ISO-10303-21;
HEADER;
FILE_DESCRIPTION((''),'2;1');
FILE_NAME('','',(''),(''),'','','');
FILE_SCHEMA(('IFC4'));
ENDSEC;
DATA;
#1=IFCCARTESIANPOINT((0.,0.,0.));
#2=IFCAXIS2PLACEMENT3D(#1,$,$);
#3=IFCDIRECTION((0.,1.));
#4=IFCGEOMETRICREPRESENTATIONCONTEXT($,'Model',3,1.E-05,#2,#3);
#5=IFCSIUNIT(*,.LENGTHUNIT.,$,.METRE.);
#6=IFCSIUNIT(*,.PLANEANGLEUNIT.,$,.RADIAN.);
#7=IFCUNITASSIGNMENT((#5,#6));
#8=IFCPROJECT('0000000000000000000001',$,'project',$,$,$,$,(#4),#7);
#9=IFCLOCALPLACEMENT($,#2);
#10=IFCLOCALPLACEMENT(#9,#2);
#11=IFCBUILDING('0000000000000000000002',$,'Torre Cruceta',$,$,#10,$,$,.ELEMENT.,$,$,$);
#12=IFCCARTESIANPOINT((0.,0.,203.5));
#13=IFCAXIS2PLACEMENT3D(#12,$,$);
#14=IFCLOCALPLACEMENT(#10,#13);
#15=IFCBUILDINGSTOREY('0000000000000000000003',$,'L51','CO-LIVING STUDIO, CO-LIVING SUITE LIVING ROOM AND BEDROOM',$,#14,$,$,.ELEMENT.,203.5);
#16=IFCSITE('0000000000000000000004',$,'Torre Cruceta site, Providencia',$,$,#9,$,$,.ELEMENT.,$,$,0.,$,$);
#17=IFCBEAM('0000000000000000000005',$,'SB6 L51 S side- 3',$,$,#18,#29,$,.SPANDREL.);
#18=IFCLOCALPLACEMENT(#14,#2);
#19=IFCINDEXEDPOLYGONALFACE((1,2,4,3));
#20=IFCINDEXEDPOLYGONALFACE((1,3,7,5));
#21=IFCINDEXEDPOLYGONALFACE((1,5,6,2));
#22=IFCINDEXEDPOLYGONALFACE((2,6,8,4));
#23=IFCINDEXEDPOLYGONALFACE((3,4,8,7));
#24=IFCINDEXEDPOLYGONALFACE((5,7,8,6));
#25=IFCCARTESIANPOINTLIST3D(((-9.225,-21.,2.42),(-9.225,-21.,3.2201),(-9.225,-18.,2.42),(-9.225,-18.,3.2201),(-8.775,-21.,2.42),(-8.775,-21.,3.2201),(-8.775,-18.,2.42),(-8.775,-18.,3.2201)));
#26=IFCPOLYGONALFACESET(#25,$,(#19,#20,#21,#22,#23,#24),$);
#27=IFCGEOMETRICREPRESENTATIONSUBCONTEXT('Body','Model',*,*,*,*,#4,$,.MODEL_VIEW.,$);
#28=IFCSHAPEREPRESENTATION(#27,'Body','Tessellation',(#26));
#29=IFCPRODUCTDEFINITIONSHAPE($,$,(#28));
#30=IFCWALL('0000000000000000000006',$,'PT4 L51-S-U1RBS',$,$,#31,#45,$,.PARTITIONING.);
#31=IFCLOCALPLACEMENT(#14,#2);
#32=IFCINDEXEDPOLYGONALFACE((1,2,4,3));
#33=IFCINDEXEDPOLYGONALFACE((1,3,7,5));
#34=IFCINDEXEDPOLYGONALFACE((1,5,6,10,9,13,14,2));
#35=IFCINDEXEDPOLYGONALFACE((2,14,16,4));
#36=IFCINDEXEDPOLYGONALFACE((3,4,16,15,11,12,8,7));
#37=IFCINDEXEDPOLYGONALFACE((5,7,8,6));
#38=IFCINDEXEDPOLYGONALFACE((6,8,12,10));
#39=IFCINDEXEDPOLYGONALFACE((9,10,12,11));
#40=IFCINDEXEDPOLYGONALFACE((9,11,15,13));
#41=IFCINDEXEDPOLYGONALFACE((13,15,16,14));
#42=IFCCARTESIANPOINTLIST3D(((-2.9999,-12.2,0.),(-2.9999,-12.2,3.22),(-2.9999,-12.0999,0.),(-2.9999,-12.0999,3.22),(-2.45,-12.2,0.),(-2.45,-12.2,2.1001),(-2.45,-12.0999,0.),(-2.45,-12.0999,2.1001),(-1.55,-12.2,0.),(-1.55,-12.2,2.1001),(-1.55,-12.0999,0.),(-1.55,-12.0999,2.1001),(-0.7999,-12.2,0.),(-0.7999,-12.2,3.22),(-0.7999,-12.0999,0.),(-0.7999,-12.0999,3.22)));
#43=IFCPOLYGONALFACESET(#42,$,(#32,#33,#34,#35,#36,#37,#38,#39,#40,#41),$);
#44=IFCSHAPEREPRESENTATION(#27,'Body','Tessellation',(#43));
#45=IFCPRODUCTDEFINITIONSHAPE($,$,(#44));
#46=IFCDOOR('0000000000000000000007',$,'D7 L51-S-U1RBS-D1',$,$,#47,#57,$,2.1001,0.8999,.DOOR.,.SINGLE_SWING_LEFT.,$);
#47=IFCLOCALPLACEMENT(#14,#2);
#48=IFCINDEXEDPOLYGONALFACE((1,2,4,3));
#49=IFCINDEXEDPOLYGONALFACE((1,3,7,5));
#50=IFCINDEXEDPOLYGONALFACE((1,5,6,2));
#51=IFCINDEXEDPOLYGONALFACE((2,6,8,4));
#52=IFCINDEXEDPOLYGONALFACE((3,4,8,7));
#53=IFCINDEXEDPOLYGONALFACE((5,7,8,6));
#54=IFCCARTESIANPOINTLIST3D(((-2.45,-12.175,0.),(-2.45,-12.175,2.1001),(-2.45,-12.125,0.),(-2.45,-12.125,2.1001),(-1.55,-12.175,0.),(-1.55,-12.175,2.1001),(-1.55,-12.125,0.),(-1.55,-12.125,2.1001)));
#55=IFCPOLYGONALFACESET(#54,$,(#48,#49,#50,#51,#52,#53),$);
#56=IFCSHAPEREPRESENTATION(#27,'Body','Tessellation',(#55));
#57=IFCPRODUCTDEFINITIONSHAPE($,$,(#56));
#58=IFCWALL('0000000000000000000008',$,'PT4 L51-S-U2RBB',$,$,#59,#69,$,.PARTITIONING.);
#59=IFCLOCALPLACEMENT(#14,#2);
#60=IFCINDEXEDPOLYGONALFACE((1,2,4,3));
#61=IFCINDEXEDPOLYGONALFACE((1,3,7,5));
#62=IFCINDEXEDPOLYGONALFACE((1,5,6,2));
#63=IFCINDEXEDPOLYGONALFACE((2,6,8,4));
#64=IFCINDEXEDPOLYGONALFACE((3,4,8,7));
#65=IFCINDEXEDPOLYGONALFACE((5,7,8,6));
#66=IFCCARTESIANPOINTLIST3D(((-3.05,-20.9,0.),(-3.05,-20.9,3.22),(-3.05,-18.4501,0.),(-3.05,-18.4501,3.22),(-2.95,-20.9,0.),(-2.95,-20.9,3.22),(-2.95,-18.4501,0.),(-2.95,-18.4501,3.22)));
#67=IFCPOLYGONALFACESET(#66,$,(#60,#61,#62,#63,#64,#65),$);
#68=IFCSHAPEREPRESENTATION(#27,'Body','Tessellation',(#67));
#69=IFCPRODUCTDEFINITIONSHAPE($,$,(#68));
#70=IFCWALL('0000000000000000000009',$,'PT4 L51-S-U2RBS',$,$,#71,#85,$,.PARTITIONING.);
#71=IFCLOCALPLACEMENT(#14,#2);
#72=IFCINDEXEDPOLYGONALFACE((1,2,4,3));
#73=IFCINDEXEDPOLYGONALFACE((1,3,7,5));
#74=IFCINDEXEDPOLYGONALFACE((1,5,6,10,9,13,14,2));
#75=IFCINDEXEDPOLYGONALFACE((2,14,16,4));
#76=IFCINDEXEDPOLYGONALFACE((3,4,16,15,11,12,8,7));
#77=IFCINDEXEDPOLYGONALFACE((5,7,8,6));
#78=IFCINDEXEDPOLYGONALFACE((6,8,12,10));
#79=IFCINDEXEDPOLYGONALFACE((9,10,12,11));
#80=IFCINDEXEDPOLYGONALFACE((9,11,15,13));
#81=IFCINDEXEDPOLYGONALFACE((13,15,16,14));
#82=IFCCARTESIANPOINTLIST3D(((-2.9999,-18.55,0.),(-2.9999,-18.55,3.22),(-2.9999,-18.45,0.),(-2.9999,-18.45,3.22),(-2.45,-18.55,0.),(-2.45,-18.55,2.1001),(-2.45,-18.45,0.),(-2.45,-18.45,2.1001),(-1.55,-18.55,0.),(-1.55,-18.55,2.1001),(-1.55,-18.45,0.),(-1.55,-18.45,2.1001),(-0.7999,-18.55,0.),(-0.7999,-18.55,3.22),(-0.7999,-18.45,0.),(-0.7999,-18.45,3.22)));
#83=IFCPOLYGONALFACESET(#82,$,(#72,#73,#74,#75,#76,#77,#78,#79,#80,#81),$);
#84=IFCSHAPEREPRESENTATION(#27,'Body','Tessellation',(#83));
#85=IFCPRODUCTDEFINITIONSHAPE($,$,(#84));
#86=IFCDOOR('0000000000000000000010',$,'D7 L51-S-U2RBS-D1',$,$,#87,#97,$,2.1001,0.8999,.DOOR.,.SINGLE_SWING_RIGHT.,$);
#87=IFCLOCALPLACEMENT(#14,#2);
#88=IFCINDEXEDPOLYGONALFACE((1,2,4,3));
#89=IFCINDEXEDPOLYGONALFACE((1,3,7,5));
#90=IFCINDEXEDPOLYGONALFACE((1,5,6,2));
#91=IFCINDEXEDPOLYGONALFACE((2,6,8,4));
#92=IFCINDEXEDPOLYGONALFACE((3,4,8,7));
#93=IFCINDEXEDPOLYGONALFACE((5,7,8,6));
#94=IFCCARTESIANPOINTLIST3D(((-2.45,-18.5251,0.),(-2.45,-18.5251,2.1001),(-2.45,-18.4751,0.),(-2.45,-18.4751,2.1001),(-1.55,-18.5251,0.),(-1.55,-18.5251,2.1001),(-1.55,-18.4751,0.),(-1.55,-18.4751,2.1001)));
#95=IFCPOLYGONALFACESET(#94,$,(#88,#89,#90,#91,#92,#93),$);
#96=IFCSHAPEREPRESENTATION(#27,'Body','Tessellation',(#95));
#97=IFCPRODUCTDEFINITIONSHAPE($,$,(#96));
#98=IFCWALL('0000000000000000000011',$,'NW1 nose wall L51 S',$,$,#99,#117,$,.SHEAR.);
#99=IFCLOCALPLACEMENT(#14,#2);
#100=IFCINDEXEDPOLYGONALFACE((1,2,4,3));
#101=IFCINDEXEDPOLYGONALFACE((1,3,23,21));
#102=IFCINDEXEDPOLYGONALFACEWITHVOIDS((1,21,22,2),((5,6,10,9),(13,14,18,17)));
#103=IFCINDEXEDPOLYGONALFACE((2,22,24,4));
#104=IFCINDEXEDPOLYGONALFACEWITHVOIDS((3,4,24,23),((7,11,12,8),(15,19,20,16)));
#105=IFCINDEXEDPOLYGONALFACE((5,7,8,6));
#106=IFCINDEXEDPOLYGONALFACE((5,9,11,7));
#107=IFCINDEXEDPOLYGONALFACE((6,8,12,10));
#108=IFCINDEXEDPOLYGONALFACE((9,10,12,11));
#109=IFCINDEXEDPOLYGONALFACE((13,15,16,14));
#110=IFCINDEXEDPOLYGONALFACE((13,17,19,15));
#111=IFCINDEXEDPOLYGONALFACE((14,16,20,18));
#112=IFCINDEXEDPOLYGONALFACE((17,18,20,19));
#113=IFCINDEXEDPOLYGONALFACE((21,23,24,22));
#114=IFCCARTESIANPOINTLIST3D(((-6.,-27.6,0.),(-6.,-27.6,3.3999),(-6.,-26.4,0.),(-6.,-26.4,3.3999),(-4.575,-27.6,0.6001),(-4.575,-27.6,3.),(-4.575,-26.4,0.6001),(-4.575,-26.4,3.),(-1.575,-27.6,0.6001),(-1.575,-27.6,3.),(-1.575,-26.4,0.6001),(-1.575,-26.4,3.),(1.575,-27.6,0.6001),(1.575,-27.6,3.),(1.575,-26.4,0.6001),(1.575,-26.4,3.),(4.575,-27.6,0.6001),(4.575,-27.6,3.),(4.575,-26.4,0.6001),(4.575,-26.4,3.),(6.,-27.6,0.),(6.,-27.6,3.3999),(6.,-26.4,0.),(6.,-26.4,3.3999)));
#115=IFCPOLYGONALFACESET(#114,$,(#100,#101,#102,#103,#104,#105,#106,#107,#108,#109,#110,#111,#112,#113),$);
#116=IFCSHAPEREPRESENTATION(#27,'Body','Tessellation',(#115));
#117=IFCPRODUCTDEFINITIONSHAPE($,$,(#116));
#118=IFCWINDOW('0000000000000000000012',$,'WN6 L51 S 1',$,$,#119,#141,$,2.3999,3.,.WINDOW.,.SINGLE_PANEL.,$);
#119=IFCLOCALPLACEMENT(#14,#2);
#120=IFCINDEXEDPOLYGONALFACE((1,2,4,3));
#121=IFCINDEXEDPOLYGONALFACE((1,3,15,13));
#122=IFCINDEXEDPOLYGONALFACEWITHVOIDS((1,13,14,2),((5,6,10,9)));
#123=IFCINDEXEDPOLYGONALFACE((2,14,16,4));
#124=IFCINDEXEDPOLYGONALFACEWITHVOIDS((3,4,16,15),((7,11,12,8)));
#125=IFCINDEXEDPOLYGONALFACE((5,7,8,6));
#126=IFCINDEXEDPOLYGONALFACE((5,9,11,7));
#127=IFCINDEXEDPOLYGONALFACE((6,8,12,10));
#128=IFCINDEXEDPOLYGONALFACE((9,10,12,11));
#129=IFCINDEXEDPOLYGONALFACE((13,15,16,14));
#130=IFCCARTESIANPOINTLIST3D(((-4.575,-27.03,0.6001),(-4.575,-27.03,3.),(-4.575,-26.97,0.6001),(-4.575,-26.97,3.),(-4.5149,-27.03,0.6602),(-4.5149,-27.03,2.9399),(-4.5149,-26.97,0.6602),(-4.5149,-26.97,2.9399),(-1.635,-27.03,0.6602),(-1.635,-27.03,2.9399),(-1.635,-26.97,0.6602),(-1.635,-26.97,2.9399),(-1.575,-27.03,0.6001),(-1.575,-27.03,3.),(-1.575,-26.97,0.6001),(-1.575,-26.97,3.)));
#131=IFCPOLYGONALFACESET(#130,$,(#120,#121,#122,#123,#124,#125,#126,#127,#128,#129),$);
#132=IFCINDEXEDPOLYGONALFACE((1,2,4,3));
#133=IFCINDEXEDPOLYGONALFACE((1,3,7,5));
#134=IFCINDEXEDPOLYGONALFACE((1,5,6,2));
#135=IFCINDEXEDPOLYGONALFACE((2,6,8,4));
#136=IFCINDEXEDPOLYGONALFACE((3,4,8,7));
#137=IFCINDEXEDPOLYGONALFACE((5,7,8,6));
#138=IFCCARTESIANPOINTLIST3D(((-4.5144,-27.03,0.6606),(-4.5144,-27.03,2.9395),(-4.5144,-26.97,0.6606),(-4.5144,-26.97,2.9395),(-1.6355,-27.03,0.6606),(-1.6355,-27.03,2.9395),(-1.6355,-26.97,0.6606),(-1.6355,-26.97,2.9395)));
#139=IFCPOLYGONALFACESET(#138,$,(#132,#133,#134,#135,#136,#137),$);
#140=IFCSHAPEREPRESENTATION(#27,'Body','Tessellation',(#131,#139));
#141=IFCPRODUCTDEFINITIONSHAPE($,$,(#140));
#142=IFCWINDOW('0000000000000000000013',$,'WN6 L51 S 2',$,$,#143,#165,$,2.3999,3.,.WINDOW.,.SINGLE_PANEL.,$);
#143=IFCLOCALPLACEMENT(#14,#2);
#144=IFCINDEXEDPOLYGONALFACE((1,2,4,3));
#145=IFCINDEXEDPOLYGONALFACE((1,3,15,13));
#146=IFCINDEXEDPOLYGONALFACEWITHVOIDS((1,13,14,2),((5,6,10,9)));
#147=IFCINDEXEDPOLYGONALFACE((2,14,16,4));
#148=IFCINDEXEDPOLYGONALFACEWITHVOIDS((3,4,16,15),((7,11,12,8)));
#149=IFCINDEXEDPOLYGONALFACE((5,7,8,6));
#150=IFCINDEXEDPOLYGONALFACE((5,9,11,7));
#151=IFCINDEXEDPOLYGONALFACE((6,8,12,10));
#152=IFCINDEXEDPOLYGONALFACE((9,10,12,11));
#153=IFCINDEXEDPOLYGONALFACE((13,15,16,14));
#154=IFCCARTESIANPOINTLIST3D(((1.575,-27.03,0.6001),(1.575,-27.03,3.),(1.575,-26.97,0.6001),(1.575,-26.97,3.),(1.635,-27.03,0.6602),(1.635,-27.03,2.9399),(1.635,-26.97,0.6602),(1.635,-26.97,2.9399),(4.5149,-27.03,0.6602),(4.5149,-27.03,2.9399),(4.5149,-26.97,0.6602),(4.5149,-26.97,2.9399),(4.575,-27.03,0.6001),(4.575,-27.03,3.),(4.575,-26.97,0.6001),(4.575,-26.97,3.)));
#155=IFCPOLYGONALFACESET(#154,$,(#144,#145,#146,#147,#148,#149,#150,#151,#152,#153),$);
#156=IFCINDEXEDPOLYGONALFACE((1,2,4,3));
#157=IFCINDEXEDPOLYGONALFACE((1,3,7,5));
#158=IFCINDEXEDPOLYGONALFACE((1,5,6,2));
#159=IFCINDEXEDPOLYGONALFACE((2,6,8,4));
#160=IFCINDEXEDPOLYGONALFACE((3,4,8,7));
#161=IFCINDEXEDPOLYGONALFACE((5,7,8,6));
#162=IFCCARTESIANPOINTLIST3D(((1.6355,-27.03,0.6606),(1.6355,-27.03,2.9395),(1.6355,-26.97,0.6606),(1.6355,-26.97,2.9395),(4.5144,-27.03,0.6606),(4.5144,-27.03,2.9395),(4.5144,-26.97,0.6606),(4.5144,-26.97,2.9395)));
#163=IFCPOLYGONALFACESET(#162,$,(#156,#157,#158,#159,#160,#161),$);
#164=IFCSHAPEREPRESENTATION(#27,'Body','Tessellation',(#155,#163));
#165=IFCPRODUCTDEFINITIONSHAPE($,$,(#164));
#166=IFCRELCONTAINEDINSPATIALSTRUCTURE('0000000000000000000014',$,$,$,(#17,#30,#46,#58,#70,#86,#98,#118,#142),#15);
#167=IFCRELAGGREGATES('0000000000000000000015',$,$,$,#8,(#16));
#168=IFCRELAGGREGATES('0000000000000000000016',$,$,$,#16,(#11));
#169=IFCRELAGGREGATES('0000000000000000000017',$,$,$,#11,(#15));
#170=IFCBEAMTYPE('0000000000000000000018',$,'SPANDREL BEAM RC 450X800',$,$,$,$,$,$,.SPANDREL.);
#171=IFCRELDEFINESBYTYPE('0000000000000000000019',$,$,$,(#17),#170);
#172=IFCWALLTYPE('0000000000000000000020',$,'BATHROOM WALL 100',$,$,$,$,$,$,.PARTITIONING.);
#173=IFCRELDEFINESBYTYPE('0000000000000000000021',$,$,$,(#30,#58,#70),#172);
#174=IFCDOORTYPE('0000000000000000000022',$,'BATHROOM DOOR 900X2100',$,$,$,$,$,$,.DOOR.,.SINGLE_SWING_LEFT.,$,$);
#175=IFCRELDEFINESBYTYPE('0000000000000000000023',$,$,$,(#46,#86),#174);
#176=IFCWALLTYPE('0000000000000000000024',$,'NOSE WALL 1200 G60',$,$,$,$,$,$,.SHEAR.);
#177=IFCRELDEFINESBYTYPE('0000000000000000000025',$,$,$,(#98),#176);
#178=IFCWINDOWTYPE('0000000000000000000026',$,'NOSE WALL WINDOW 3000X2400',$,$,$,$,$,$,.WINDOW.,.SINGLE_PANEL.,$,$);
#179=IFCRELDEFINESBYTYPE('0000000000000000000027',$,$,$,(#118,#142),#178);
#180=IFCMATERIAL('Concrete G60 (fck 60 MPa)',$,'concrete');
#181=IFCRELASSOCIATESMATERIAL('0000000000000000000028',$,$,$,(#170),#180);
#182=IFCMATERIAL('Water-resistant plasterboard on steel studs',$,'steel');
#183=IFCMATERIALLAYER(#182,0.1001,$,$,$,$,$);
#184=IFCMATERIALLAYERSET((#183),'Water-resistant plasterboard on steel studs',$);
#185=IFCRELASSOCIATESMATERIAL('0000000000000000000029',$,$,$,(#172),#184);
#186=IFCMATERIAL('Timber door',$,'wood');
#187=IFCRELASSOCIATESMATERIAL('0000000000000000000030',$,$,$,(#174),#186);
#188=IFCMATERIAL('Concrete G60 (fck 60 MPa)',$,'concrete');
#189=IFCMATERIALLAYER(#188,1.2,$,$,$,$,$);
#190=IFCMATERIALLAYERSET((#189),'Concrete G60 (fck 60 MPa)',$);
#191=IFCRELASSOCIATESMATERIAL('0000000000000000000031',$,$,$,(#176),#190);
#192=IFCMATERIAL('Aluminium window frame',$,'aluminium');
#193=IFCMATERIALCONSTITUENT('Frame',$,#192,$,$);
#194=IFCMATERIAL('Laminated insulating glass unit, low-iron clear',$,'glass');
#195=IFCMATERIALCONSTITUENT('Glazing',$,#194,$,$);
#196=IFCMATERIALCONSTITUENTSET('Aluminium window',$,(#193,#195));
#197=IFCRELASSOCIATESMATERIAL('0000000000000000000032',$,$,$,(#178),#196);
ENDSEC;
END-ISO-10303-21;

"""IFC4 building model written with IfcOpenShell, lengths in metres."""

from ifc_helpers import new_model, si_unit, direction, frame, frame_2d, origin, origin_2d, place, context, subcontext, project, spatial, rectangle, hollow_rectangle, extrude, material, layer, layer_set, constituent, constituent_set, material_profile, profile_set, type_object, element, fill, save


model = new_model("IFC4")

# Units and contexts
model_context = context("Model", 3, precision=1e-05, world=origin(), true_north=direction((0.0, 1.0)))
body_context = subcontext(model_context, "Body", "Model", "MODEL_VIEW")
ifc_project = project(units=[si_unit("LENGTHUNIT", "METRE"), si_unit("PLANEANGLEUNIT", "RADIAN")], contexts=[model_context])

# Site, building, storey
site_placement = place(None, origin())
site = spatial("IfcSite", under=ifc_project, at=site_placement, Name="Torre Cruceta site, Providencia", CompositionType="ELEMENT", RefElevation=0.0)
building_placement = place(site_placement, origin())
building = spatial("IfcBuilding", under=site, at=building_placement, Name="Torre Cruceta", CompositionType="ELEMENT")
storey_placement = place(building_placement, frame((0.0, 0.0, 203.5)))
storey = spatial("IfcBuildingStorey", under=building, at=storey_placement, Name="L51", Description="CO-LIVING STUDIO, CO-LIVING SUITE LIVING ROOM AND BEDROOM", CompositionType="ELEMENT", Elevation=203.5)

# Beam
ifc_material_1 = material(Name="Concrete G60 (fck 60 MPa)", Category="concrete")
ifc_material_profile_1 = material_profile(ifc_material_1, rectangle(XDim=0.45, YDim=0.8, at=origin_2d()), Name="RC 450X800")
ifc_profile_set_1 = profile_set([ifc_material_profile_1], Name="Concrete G60 (fck 60 MPa)")
beam_type_1 = type_object("IfcBeamType", Name="SPANDREL BEAM RC 450X800", PredefinedType="SPANDREL", material=ifc_profile_set_1)
for number, where, z_axis, x_axis, name in (
    (1, (-9.0, -18.0, 2.8201), (0.0, -1.0, 0.0), (1.0, 0.0, 0.0), "SB6 L51 S side- 3"),
):
    element("IfcBeam", number, at=place(storey_placement, frame(where, z_axis=z_axis, x_axis=x_axis)), inside=storey, type_object=beam_type_1, Name=name, PredefinedType="SPANDREL", context=body_context, shape_type="SweptSolid", body=[
        extrude(rectangle(XDim=0.45, YDim=0.8, at=origin_2d()), origin(), (0.0, 0.0, 1.0), 3.0),
    ])

# Wall, opening, door
ifc_material_2 = material(Name="Water-resistant plasterboard on steel studs", Category="steel")
ifc_layer_1 = layer(ifc_material_2, 0.1001)
ifc_layer_set_1 = layer_set([ifc_layer_1], Name="Water-resistant plasterboard on steel studs")
wall_type_1 = type_object("IfcWallType", Name="BATHROOM WALL 100", PredefinedType="PARTITIONING", material=ifc_layer_set_1)
wall_1_placement = place(storey_placement, frame((-3.0, -12.1499, 0.0), z_axis=(0.0, 0.0, 1.0), x_axis=(1.0, 0.0, 0.0)))
wall_1 = element("IfcWall", 2, at=wall_1_placement, inside=storey, type_object=wall_type_1, Name="PT4 L51-S-U1RBS", PredefinedType="PARTITIONING", context=body_context, shape_type="SweptSolid", body=[
    extrude(rectangle(XDim=2.2, YDim=0.1001, at=frame_2d((1.1001, 0.0))), origin(), (0.0, 0.0, 1.0), 3.22),
])
opening_1_placement = place(wall_1_placement, frame((0.55, 0.0, 0.0)))
opening_1 = element("IfcOpeningElement", 3, at=opening_1_placement, cuts=wall_1, PredefinedType="OPENING", context=body_context, shape_type="SweptSolid", body=[
    extrude(rectangle(XDim=0.8999, YDim=2.1001, at=frame_2d((0.45, 1.05))), frame((0.0, 0.0601, 0.0), z_axis=(0.0, -1.0, 0.0), x_axis=(1.0, 0.0, 0.0)), (0.0, 0.0, 1.0), 0.1201),
])
ifc_material_3 = material(Name="Timber door", Category="wood")
door_type_1 = type_object("IfcDoorType", Name="BATHROOM DOOR 900X2100", OperationType="SINGLE_SWING_LEFT", PredefinedType="DOOR", material=ifc_material_3)
door_1_placement = place(opening_1_placement, origin())
door_1 = element("IfcDoor", 4, at=door_1_placement, inside=storey, type_object=door_type_1, Name="D7 L51-S-U1RBS-D1", OperationType="SINGLE_SWING_LEFT", OverallHeight=2.1001, OverallWidth=0.8999, PredefinedType="DOOR", context=body_context, shape_type="SweptSolid", body=[
    extrude(rectangle(XDim=0.8999, YDim=2.1001, at=frame_2d((0.45, 1.05))), frame((0.0, 0.0249, 0.0), z_axis=(0.0, -1.0, 0.0), x_axis=(1.0, 0.0, 0.0)), (0.0, 0.0, 1.0), 0.05),
])
fill(opening_1, door_1)

# Wall
wall_2_placement = place(storey_placement, frame((-3.0, -18.45, 0.0), z_axis=(0.0, 0.0, 1.0), x_axis=(0.0, -1.0, 0.0)))
element("IfcWall", 5, at=wall_2_placement, inside=storey, type_object=wall_type_1, Name="PT4 L51-S-U2RBB", PredefinedType="PARTITIONING", context=body_context, shape_type="SweptSolid", body=[
    extrude(rectangle(XDim=2.45, YDim=0.1001, at=frame_2d((1.2251, 0.0))), origin(), (0.0, 0.0, 1.0), 3.22),
])

# Wall, opening, door
wall_3_placement = place(storey_placement, frame((-3.0, -18.5, 0.0), z_axis=(0.0, 0.0, 1.0), x_axis=(1.0, 0.0, 0.0)))
wall_3 = element("IfcWall", 6, at=wall_3_placement, inside=storey, type_object=wall_type_1, Name="PT4 L51-S-U2RBS", PredefinedType="PARTITIONING", context=body_context, shape_type="SweptSolid", body=[
    extrude(rectangle(XDim=2.2, YDim=0.1001, at=frame_2d((1.1001, 0.0))), origin(), (0.0, 0.0, 1.0), 3.22),
])
opening_2_placement = place(wall_3_placement, frame((0.55, 0.0, 0.0)))
opening_2 = element("IfcOpeningElement", 7, at=opening_2_placement, cuts=wall_3, PredefinedType="OPENING", context=body_context, shape_type="SweptSolid", body=[
    extrude(rectangle(XDim=0.8999, YDim=2.1001, at=frame_2d((0.45, 1.05))), frame((0.0, 0.0601, 0.0), z_axis=(0.0, -1.0, 0.0), x_axis=(1.0, 0.0, 0.0)), (0.0, 0.0, 1.0), 0.1201),
])
door_2_placement = place(opening_2_placement, frame((0.8999, 0.0, 0.0), z_axis=(0.0, 0.0, 1.0), x_axis=(-1.0, 0.0, 0.0)))
door_2 = element("IfcDoor", 8, at=door_2_placement, inside=storey, type_object=door_type_1, Name="D7 L51-S-U2RBS-D1", OperationType="SINGLE_SWING_RIGHT", OverallHeight=2.1001, OverallWidth=0.8999, PredefinedType="DOOR", context=body_context, shape_type="SweptSolid", body=[
    extrude(rectangle(XDim=0.8999, YDim=2.1001, at=frame_2d((0.45, 1.05))), frame((0.0, 0.0251, 0.0), z_axis=(0.0, -1.0, 0.0), x_axis=(1.0, 0.0, 0.0)), (0.0, 0.0, 1.0), 0.05),
])
fill(opening_2, door_2)

# Wall, openings, windows
ifc_material_4 = material(Name="Concrete G60 (fck 60 MPa)", Category="concrete")
ifc_layer_2 = layer(ifc_material_4, 1.2)
ifc_layer_set_2 = layer_set([ifc_layer_2], Name="Concrete G60 (fck 60 MPa)")
wall_type_2 = type_object("IfcWallType", Name="NOSE WALL 1200 G60", PredefinedType="SHEAR", material=ifc_layer_set_2)
wall_4_placement = place(storey_placement, frame((-6.0, -27.0, 0.0), z_axis=(0.0, 0.0, 1.0), x_axis=(1.0, 0.0, 0.0)))
wall_4 = element("IfcWall", 9, at=wall_4_placement, inside=storey, type_object=wall_type_2, Name="NW1 nose wall L51 S", PredefinedType="SHEAR", context=body_context, shape_type="SweptSolid", body=[
    extrude(rectangle(XDim=12.0, YDim=1.2, at=frame_2d((6.0, 0.0))), origin(), (0.0, 0.0, 1.0), 3.3999),
])
opening_3_placement = place(wall_4_placement, frame((1.425, 0.0, 0.6001)))
opening_3 = element("IfcOpeningElement", 10, at=opening_3_placement, cuts=wall_4, PredefinedType="OPENING", context=body_context, shape_type="SweptSolid", body=[
    extrude(rectangle(XDim=3.0, YDim=2.3999, at=frame_2d((1.5, 1.2))), frame((0.0, 0.6099, 0.0), z_axis=(0.0, -1.0, 0.0), x_axis=(1.0, 0.0, 0.0)), (0.0, 0.0, 1.0), 1.22),
])
opening_4_placement = place(wall_4_placement, frame((7.575, 0.0, 0.6001)))
opening_4 = element("IfcOpeningElement", 11, at=opening_4_placement, cuts=wall_4, PredefinedType="OPENING", context=body_context, shape_type="SweptSolid", body=[
    extrude(rectangle(XDim=3.0, YDim=2.3999, at=frame_2d((1.5, 1.2))), frame((0.0, 0.6099, 0.0), z_axis=(0.0, -1.0, 0.0), x_axis=(1.0, 0.0, 0.0)), (0.0, 0.0, 1.0), 1.22),
])
ifc_material_5 = material(Name="Aluminium window frame", Category="aluminium")
ifc_constituent_1 = constituent(ifc_material_5, Name="Frame")
ifc_material_6 = material(Name="Laminated insulating glass unit, low-iron clear", Category="glass")
ifc_constituent_2 = constituent(ifc_material_6, Name="Glazing")
ifc_constituent_set_1 = constituent_set(constituents=[ifc_constituent_1, ifc_constituent_2], Name="Aluminium window")
window_type = type_object("IfcWindowType", Name="NOSE WALL WINDOW 3000X2400", PartitioningType="SINGLE_PANEL", PredefinedType="WINDOW", material=ifc_constituent_set_1)
window_1_placement = place(opening_3_placement, origin())
window_1 = element("IfcWindow", 12, at=window_1_placement, inside=storey, type_object=window_type, Name="WN6 L51 S 1", OverallHeight=2.3999, OverallWidth=3.0, PartitioningType="SINGLE_PANEL", PredefinedType="WINDOW", context=body_context, shape_type="SweptSolid", body=[
    extrude(hollow_rectangle(XDim=3.0, YDim=2.3999, WallThickness=0.0601, at=frame_2d((1.5, 1.2))), frame((0.0, 0.03, 0.0), z_axis=(0.0, -1.0, 0.0), x_axis=(1.0, 0.0, 0.0)), (0.0, 0.0, 1.0), 0.0601),
    extrude(rectangle(XDim=2.8789, YDim=2.2788, at=frame_2d((1.5, 1.2))), frame((0.0, 0.03, 0.0), z_axis=(0.0, -1.0, 0.0), x_axis=(1.0, 0.0, 0.0)), (0.0, 0.0, 1.0), 0.0601),
])
fill(opening_3, window_1)
window_2_placement = place(opening_4_placement, origin())
window_2 = element("IfcWindow", 13, at=window_2_placement, inside=storey, type_object=window_type, Name="WN6 L51 S 2", OverallHeight=2.3999, OverallWidth=3.0, PartitioningType="SINGLE_PANEL", PredefinedType="WINDOW", context=body_context, shape_type="SweptSolid", body=[
    extrude(hollow_rectangle(XDim=3.0, YDim=2.3999, WallThickness=0.0601, at=frame_2d((1.5, 1.2))), frame((0.0, 0.03, 0.0), z_axis=(0.0, -1.0, 0.0), x_axis=(1.0, 0.0, 0.0)), (0.0, 0.0, 1.0), 0.0601),
    extrude(rectangle(XDim=2.8789, YDim=2.2788, at=frame_2d((1.5, 1.2))), frame((0.0, 0.03, 0.0), z_axis=(0.0, -1.0, 0.0), x_axis=(1.0, 0.0, 0.0)), (0.0, 0.0, 1.0), 0.0601),
])
fill(opening_4, window_2)

save(model, "model.ifc")
